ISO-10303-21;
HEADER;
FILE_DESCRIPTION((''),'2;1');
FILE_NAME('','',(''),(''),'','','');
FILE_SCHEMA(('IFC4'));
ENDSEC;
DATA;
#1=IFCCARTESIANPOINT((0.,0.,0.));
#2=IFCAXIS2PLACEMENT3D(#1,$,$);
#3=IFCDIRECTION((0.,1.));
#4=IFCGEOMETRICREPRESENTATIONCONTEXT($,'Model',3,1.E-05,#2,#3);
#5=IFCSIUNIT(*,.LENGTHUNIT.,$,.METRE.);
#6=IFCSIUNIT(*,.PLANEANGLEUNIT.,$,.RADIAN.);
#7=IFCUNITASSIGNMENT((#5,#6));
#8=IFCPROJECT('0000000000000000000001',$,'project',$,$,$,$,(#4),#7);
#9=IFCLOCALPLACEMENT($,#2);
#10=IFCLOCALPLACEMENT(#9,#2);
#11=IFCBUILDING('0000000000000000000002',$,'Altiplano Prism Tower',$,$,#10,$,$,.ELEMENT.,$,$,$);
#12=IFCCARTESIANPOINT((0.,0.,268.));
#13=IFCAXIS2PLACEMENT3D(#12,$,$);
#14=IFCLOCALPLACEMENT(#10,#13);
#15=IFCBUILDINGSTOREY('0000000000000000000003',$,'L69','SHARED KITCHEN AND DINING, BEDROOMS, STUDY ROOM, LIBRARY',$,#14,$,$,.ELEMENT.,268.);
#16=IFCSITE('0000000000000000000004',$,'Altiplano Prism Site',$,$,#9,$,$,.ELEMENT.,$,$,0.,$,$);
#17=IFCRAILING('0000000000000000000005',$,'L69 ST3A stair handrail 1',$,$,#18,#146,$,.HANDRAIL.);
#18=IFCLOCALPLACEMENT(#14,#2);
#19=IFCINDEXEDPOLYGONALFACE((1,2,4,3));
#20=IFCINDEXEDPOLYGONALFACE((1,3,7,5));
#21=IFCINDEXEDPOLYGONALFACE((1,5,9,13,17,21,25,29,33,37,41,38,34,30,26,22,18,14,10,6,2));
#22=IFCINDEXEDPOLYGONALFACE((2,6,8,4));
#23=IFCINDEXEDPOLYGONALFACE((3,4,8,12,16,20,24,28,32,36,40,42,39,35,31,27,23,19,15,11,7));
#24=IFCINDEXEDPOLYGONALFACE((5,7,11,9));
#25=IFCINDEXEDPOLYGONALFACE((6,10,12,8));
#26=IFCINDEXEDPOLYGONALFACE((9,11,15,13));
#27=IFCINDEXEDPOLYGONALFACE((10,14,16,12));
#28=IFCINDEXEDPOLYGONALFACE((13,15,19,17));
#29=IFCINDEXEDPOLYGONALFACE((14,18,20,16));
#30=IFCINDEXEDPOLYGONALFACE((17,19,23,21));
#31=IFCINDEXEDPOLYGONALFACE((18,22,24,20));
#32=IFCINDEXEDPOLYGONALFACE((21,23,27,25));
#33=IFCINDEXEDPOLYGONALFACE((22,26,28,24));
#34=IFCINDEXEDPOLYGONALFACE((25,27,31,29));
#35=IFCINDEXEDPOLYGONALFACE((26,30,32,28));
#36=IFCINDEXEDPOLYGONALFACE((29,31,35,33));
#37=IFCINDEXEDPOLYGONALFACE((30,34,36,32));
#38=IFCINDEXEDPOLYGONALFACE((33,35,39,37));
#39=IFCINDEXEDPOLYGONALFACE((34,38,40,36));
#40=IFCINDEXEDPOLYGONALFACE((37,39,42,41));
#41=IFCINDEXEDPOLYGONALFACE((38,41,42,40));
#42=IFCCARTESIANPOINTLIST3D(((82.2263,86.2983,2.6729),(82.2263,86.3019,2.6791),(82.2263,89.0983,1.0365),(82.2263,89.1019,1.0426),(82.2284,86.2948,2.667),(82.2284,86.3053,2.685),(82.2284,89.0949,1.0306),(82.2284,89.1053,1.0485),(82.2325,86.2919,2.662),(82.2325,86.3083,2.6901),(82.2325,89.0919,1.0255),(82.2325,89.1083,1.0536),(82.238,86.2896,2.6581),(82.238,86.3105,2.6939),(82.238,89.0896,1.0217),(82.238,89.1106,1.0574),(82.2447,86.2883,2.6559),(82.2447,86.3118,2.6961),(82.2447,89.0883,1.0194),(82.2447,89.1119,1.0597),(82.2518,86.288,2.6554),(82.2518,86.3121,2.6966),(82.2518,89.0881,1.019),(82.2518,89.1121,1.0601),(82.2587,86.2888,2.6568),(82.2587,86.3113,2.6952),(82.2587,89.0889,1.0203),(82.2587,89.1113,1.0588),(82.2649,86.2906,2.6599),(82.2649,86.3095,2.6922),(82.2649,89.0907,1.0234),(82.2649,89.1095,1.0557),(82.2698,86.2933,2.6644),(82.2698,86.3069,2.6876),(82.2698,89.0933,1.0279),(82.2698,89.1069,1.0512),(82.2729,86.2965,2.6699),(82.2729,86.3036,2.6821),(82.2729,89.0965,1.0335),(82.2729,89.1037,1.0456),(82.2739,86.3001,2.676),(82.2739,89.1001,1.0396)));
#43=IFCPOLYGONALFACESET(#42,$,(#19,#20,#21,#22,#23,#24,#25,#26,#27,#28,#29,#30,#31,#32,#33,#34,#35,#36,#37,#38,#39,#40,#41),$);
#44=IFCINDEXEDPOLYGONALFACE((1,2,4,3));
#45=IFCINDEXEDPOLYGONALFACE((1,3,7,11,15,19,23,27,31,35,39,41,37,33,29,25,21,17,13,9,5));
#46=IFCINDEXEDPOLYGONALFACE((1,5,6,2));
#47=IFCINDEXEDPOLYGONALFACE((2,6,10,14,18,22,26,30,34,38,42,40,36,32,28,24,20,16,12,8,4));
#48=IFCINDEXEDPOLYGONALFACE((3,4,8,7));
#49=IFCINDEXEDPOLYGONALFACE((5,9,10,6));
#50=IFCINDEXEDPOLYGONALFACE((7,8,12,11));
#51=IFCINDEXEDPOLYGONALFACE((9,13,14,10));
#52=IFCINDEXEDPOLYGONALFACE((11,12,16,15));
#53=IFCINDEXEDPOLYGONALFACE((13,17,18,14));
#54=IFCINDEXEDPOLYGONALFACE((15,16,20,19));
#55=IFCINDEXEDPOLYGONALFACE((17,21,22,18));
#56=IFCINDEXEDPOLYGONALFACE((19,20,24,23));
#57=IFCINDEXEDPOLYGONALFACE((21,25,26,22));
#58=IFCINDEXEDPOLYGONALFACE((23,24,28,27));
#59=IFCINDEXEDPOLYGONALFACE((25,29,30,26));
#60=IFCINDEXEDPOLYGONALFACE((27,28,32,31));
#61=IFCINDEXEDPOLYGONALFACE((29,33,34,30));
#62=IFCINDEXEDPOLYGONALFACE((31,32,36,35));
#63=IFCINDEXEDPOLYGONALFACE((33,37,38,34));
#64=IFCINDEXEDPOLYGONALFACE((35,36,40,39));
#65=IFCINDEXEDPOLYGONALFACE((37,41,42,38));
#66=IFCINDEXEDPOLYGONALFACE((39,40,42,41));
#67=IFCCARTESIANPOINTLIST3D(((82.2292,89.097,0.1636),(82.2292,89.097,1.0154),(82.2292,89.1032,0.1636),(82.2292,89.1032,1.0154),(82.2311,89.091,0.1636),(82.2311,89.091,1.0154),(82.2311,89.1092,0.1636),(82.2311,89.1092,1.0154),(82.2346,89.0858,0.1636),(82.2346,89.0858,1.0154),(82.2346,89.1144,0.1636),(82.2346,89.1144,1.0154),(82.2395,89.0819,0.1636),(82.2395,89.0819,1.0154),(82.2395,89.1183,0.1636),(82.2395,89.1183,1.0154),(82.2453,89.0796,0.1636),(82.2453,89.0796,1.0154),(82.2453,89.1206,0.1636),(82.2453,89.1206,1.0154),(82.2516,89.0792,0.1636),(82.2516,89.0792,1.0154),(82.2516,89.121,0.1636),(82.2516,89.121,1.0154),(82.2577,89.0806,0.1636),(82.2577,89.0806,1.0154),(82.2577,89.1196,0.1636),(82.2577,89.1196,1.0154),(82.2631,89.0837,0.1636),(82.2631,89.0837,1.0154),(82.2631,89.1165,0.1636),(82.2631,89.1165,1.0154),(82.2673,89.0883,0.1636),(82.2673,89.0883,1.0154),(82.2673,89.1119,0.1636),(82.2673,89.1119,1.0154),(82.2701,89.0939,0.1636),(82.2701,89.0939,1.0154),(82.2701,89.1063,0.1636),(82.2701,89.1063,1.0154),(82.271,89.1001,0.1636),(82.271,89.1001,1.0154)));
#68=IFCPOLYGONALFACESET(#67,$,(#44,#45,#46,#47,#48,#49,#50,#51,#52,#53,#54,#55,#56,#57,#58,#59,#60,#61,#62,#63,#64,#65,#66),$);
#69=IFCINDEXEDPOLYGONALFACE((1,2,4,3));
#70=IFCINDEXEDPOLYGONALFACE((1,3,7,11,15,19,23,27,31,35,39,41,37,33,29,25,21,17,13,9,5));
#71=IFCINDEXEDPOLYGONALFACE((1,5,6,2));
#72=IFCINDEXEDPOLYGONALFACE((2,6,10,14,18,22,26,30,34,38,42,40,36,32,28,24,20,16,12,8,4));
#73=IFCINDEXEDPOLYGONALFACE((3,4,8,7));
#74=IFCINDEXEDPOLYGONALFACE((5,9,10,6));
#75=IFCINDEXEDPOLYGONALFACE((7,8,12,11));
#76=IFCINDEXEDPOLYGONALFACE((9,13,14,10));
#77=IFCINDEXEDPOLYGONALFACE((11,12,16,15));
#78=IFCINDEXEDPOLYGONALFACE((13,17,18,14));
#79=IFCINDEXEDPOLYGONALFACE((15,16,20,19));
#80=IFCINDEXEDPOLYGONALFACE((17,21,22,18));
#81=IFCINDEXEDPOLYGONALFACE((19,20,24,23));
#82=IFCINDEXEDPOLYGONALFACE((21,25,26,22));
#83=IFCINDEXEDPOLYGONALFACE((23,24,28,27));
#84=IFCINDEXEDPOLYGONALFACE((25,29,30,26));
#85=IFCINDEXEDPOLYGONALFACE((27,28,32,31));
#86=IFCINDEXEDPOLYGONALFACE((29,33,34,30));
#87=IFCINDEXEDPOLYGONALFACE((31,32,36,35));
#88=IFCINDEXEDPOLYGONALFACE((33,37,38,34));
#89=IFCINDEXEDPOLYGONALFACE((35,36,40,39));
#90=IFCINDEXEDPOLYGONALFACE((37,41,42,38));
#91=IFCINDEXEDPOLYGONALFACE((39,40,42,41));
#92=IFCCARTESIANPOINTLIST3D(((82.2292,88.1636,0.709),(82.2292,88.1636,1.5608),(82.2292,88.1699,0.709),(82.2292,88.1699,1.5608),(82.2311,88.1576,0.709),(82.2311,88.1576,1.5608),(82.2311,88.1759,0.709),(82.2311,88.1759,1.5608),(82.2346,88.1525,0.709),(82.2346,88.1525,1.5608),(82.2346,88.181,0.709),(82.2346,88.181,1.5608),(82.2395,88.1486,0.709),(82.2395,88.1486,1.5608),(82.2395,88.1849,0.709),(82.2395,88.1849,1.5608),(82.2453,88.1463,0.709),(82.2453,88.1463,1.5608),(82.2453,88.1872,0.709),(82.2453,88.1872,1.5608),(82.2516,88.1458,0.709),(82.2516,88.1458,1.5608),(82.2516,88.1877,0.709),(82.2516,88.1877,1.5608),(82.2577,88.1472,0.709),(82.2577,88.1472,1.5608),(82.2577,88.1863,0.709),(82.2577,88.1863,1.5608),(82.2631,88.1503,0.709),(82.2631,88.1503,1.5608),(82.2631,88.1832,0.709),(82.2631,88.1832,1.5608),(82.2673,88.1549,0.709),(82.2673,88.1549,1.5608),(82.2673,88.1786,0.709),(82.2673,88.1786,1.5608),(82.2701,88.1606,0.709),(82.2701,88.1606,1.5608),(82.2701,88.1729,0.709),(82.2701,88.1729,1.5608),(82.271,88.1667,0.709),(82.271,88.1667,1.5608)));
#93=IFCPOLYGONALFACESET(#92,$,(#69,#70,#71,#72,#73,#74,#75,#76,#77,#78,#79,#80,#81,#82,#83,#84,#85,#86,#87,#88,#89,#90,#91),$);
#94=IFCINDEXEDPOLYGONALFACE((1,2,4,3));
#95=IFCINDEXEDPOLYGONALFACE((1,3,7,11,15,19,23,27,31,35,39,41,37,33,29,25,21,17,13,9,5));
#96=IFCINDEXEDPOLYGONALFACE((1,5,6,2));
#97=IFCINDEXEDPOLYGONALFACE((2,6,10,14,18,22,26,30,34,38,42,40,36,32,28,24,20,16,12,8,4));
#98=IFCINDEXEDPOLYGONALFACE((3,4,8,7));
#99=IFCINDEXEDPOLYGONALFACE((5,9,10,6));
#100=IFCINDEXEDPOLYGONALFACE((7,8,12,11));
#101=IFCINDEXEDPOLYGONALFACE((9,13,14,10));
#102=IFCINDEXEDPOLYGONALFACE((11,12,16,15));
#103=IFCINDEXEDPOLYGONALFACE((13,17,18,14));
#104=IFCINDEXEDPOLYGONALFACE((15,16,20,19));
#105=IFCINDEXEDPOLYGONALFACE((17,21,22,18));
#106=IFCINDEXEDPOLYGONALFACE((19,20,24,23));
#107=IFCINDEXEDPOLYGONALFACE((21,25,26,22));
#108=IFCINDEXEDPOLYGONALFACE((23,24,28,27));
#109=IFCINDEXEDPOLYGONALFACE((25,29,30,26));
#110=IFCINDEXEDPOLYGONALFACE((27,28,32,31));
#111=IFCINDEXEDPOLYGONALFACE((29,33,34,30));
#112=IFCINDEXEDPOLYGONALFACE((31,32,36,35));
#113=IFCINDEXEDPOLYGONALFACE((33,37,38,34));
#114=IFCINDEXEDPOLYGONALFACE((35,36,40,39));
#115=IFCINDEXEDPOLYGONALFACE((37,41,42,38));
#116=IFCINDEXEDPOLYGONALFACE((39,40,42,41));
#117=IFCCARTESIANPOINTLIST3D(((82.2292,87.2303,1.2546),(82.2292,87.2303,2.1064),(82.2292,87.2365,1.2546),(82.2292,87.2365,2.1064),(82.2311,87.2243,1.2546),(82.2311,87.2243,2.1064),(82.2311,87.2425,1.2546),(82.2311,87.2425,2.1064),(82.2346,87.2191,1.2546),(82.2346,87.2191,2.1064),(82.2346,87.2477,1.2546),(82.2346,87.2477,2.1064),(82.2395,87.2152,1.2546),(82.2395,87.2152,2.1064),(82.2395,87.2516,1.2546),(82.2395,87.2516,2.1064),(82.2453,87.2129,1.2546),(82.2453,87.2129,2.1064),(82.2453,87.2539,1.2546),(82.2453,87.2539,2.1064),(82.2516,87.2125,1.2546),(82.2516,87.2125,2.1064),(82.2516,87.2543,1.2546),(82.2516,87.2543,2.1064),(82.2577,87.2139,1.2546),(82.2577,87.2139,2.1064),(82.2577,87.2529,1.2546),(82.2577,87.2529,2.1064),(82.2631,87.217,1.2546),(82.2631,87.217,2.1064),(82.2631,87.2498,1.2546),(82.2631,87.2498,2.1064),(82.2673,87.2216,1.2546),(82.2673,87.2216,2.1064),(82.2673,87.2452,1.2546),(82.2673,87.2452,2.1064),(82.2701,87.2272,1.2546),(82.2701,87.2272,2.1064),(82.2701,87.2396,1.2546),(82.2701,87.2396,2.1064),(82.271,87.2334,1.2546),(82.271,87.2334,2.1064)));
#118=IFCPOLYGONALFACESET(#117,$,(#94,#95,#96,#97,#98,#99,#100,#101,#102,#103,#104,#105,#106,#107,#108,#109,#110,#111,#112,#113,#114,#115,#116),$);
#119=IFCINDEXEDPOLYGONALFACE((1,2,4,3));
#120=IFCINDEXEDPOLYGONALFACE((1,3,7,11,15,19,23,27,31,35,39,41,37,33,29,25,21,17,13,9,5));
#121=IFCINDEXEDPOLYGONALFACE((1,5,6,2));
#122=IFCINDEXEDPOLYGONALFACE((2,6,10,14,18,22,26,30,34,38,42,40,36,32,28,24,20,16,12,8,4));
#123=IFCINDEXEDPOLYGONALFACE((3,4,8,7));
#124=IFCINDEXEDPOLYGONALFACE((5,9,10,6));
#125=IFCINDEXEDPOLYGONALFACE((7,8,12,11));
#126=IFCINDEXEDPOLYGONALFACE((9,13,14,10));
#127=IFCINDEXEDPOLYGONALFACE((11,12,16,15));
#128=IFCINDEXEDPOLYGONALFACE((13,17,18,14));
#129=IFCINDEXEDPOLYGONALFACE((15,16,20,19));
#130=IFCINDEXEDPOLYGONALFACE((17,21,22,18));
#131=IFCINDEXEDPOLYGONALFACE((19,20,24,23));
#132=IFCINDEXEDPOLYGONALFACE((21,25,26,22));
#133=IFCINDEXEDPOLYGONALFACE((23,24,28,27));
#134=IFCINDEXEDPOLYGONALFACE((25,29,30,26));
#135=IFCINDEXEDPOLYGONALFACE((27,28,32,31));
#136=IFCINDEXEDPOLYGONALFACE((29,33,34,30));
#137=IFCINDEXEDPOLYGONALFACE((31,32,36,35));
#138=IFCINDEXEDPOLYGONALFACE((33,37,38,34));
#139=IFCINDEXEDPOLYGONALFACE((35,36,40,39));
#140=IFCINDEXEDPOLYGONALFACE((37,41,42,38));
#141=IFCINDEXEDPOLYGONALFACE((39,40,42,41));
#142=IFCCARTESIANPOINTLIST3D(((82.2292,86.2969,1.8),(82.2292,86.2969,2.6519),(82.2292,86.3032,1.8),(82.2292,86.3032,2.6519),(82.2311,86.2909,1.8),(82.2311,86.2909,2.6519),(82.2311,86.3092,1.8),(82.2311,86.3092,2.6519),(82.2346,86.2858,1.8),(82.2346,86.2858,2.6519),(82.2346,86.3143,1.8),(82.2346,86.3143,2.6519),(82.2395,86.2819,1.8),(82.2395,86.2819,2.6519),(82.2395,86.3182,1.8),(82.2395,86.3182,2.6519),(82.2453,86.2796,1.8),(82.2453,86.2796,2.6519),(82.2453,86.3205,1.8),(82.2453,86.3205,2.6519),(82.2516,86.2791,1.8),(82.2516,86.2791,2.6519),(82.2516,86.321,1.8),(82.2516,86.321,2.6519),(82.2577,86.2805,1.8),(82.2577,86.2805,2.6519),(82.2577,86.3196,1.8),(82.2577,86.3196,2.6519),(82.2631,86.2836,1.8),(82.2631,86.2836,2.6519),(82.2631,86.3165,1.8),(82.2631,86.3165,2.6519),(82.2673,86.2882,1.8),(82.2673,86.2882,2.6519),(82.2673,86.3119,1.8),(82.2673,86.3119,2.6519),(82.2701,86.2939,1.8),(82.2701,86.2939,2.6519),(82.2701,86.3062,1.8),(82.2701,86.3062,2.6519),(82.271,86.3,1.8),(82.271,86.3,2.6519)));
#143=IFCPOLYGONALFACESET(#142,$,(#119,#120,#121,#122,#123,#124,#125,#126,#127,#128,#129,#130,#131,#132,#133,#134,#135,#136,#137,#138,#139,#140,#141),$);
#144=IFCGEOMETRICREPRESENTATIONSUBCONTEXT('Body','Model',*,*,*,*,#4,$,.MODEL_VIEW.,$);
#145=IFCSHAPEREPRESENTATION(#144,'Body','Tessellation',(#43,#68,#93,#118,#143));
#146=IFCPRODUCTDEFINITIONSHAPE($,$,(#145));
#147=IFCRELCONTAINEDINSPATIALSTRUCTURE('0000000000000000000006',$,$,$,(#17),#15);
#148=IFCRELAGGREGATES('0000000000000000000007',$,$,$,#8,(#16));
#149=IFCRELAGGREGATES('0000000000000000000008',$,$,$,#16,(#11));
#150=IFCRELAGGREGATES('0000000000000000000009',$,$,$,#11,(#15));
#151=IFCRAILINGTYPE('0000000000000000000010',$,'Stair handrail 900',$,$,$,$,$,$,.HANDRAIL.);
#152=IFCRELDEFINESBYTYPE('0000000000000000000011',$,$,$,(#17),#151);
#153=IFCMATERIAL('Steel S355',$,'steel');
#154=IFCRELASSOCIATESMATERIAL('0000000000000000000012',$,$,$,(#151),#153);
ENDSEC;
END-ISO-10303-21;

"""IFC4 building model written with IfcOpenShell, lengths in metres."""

from ifc_helpers import new_model, si_unit, direction, frame, origin, origin_2d, place, context, subcontext, project, spatial, circle, extrude, material, type_object, element, save


model = new_model("IFC4")

# Units and contexts
model_context = context("Model", 3, precision=1e-05, world=origin(), true_north=direction((0.0, 1.0)))
body_context = subcontext(model_context, "Body", "Model", "MODEL_VIEW")
ifc_project = project(units=[si_unit("LENGTHUNIT", "METRE"), si_unit("PLANEANGLEUNIT", "RADIAN")], contexts=[model_context])

# Site, building, storey
site_placement = place(None, origin())
site = spatial("IfcSite", under=ifc_project, at=site_placement, Name="Altiplano Prism Site", CompositionType="ELEMENT", RefElevation=0.0)
building_placement = place(site_placement, origin())
building = spatial("IfcBuilding", under=site, at=building_placement, Name="Altiplano Prism Tower", CompositionType="ELEMENT")
storey_placement = place(building_placement, frame((0.0, 0.0, 268.0)))
storey = spatial("IfcBuildingStorey", under=building, at=storey_placement, Name="L69", Description="SHARED KITCHEN AND DINING, BEDROOMS, STUDY ROOM, LIBRARY", CompositionType="ELEMENT", Elevation=268.0)

# Railing
ifc_material_1 = material(Name="Steel S355", Category="steel")
railing_type_1 = type_object("IfcRailingType", Name="Stair handrail 900", PredefinedType="HANDRAIL", material=ifc_material_1)
railing_1_placement = place(storey_placement, frame((82.25, 89.1001, 0.1636)))
element("IfcRailing", 1, at=railing_1_placement, inside=storey, type_object=railing_type_1, Name="L69 ST3A stair handrail 1", PredefinedType="HANDRAIL", context=body_context, shape_type="SweptSolid", body=[
    extrude(circle(Radius=0.0239, at=origin_2d()), frame((0.0, 0.0, 0.876), z_axis=(0.0, -0.863361, 0.504587), x_axis=(1.0, 0.0, 0.0)), (0.0, 0.0, 1.0), 3.2432),
    extrude(circle(Radius=0.021, at=origin_2d()), origin(), (0.0, 0.0, 1.0), 0.8518),
    extrude(circle(Radius=0.021, at=origin_2d()), frame((0.0, -0.9333, 0.5454)), (0.0, 0.0, 1.0), 0.8518),
    extrude(circle(Radius=0.021, at=origin_2d()), frame((0.0, -1.8667, 1.0911)), (0.0, 0.0, 1.0), 0.8518),
    extrude(circle(Radius=0.021, at=origin_2d()), frame((0.0, -2.8, 1.6365)), (0.0, 0.0, 1.0), 0.8518),
])

save(model, "model.ifc")
